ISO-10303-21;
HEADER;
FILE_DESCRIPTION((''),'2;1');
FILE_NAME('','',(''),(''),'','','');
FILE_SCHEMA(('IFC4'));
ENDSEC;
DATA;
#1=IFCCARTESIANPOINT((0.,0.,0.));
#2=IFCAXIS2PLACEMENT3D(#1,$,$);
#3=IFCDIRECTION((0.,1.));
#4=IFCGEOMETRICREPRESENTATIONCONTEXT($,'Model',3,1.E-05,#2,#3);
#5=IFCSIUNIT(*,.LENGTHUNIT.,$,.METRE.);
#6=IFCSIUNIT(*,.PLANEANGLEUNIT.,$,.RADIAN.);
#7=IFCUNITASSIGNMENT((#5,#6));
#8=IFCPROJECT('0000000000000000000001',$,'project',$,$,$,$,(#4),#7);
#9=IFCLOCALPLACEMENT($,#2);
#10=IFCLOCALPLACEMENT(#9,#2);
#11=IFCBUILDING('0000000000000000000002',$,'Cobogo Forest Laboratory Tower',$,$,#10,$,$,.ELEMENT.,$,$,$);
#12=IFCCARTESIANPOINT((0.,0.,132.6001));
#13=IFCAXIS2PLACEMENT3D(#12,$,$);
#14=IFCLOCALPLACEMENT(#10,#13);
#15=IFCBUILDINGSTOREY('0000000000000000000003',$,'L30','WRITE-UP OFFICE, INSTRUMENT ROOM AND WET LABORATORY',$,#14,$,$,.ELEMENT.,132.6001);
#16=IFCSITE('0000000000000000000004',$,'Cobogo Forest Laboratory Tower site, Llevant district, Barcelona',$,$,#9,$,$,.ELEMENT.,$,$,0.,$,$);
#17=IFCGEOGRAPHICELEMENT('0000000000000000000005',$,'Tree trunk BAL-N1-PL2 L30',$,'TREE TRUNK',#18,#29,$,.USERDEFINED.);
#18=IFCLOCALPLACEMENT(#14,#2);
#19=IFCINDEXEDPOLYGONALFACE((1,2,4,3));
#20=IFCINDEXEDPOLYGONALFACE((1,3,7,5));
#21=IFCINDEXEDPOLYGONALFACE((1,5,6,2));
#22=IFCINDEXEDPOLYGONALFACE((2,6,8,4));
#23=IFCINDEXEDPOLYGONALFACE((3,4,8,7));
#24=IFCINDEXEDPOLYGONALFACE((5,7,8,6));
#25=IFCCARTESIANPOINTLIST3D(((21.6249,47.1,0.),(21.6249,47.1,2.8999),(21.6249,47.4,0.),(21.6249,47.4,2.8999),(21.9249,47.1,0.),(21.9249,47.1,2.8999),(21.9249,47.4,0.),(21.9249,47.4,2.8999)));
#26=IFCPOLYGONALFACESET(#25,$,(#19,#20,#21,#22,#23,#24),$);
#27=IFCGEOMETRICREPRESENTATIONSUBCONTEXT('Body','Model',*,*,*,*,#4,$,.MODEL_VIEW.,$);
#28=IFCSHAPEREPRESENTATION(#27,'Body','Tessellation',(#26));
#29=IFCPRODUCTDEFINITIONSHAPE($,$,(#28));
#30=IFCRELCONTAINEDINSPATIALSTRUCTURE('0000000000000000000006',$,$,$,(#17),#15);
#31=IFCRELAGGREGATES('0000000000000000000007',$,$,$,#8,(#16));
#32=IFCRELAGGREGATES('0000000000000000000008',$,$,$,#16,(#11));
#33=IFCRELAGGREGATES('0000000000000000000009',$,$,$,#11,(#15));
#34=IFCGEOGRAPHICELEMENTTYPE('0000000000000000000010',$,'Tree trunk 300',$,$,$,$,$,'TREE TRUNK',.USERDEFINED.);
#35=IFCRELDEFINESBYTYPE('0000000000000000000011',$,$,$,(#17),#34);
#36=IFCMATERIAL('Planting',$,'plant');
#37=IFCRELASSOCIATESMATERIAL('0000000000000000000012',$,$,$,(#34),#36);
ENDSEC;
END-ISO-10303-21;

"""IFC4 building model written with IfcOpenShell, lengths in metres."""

from ifc_helpers import new_model, si_unit, direction, frame, origin, origin_2d, place, context, subcontext, project, spatial, rectangle, extrude, material, type_object, element, save


model = new_model("IFC4")

# Units and contexts
model_context = context("Model", 3, precision=1e-05, world=origin(), true_north=direction((0.0, 1.0)))
body_context = subcontext(model_context, "Body", "Model", "MODEL_VIEW")
ifc_project = project(units=[si_unit("LENGTHUNIT", "METRE"), si_unit("PLANEANGLEUNIT", "RADIAN")], contexts=[model_context])

# Site, building, storey
site_placement = place(None, origin())
site = spatial("IfcSite", under=ifc_project, at=site_placement, Name="Cobogo Forest Laboratory Tower site, Llevant district, Barcelona", CompositionType="ELEMENT", RefElevation=0.0)
building_placement = place(site_placement, origin())
building = spatial("IfcBuilding", under=site, at=building_placement, Name="Cobogo Forest Laboratory Tower", CompositionType="ELEMENT")
storey_placement = place(building_placement, frame((0.0, 0.0, 132.6001)))
storey = spatial("IfcBuildingStorey", under=building, at=storey_placement, Name="L30", Description="WRITE-UP OFFICE, INSTRUMENT ROOM AND WET LABORATORY", CompositionType="ELEMENT", Elevation=132.6001)

# Geographic element
ifc_material_1 = material(Name="Planting", Category="plant")
geographic_element_type = type_object("IfcGeographicElementType", Name="Tree trunk 300", ElementType="TREE TRUNK", PredefinedType="USERDEFINED", material=ifc_material_1)
geographic_element_placement = place(storey_placement, frame((21.7749, 47.25, 0.0), z_axis=(0.0, 0.0, 1.0), x_axis=(1.0, 0.0, 0.0)))
element("IfcGeographicElement", 1, at=geographic_element_placement, inside=storey, type_object=geographic_element_type, Name="Tree trunk BAL-N1-PL2 L30", ObjectType="TREE TRUNK", PredefinedType="USERDEFINED", context=body_context, shape_type="SweptSolid", body=[
    extrude(rectangle(XDim=0.3, YDim=0.3, at=origin_2d()), origin(), (0.0, 0.0, 1.0), 2.8999),
])

save(model, "model.ifc")
